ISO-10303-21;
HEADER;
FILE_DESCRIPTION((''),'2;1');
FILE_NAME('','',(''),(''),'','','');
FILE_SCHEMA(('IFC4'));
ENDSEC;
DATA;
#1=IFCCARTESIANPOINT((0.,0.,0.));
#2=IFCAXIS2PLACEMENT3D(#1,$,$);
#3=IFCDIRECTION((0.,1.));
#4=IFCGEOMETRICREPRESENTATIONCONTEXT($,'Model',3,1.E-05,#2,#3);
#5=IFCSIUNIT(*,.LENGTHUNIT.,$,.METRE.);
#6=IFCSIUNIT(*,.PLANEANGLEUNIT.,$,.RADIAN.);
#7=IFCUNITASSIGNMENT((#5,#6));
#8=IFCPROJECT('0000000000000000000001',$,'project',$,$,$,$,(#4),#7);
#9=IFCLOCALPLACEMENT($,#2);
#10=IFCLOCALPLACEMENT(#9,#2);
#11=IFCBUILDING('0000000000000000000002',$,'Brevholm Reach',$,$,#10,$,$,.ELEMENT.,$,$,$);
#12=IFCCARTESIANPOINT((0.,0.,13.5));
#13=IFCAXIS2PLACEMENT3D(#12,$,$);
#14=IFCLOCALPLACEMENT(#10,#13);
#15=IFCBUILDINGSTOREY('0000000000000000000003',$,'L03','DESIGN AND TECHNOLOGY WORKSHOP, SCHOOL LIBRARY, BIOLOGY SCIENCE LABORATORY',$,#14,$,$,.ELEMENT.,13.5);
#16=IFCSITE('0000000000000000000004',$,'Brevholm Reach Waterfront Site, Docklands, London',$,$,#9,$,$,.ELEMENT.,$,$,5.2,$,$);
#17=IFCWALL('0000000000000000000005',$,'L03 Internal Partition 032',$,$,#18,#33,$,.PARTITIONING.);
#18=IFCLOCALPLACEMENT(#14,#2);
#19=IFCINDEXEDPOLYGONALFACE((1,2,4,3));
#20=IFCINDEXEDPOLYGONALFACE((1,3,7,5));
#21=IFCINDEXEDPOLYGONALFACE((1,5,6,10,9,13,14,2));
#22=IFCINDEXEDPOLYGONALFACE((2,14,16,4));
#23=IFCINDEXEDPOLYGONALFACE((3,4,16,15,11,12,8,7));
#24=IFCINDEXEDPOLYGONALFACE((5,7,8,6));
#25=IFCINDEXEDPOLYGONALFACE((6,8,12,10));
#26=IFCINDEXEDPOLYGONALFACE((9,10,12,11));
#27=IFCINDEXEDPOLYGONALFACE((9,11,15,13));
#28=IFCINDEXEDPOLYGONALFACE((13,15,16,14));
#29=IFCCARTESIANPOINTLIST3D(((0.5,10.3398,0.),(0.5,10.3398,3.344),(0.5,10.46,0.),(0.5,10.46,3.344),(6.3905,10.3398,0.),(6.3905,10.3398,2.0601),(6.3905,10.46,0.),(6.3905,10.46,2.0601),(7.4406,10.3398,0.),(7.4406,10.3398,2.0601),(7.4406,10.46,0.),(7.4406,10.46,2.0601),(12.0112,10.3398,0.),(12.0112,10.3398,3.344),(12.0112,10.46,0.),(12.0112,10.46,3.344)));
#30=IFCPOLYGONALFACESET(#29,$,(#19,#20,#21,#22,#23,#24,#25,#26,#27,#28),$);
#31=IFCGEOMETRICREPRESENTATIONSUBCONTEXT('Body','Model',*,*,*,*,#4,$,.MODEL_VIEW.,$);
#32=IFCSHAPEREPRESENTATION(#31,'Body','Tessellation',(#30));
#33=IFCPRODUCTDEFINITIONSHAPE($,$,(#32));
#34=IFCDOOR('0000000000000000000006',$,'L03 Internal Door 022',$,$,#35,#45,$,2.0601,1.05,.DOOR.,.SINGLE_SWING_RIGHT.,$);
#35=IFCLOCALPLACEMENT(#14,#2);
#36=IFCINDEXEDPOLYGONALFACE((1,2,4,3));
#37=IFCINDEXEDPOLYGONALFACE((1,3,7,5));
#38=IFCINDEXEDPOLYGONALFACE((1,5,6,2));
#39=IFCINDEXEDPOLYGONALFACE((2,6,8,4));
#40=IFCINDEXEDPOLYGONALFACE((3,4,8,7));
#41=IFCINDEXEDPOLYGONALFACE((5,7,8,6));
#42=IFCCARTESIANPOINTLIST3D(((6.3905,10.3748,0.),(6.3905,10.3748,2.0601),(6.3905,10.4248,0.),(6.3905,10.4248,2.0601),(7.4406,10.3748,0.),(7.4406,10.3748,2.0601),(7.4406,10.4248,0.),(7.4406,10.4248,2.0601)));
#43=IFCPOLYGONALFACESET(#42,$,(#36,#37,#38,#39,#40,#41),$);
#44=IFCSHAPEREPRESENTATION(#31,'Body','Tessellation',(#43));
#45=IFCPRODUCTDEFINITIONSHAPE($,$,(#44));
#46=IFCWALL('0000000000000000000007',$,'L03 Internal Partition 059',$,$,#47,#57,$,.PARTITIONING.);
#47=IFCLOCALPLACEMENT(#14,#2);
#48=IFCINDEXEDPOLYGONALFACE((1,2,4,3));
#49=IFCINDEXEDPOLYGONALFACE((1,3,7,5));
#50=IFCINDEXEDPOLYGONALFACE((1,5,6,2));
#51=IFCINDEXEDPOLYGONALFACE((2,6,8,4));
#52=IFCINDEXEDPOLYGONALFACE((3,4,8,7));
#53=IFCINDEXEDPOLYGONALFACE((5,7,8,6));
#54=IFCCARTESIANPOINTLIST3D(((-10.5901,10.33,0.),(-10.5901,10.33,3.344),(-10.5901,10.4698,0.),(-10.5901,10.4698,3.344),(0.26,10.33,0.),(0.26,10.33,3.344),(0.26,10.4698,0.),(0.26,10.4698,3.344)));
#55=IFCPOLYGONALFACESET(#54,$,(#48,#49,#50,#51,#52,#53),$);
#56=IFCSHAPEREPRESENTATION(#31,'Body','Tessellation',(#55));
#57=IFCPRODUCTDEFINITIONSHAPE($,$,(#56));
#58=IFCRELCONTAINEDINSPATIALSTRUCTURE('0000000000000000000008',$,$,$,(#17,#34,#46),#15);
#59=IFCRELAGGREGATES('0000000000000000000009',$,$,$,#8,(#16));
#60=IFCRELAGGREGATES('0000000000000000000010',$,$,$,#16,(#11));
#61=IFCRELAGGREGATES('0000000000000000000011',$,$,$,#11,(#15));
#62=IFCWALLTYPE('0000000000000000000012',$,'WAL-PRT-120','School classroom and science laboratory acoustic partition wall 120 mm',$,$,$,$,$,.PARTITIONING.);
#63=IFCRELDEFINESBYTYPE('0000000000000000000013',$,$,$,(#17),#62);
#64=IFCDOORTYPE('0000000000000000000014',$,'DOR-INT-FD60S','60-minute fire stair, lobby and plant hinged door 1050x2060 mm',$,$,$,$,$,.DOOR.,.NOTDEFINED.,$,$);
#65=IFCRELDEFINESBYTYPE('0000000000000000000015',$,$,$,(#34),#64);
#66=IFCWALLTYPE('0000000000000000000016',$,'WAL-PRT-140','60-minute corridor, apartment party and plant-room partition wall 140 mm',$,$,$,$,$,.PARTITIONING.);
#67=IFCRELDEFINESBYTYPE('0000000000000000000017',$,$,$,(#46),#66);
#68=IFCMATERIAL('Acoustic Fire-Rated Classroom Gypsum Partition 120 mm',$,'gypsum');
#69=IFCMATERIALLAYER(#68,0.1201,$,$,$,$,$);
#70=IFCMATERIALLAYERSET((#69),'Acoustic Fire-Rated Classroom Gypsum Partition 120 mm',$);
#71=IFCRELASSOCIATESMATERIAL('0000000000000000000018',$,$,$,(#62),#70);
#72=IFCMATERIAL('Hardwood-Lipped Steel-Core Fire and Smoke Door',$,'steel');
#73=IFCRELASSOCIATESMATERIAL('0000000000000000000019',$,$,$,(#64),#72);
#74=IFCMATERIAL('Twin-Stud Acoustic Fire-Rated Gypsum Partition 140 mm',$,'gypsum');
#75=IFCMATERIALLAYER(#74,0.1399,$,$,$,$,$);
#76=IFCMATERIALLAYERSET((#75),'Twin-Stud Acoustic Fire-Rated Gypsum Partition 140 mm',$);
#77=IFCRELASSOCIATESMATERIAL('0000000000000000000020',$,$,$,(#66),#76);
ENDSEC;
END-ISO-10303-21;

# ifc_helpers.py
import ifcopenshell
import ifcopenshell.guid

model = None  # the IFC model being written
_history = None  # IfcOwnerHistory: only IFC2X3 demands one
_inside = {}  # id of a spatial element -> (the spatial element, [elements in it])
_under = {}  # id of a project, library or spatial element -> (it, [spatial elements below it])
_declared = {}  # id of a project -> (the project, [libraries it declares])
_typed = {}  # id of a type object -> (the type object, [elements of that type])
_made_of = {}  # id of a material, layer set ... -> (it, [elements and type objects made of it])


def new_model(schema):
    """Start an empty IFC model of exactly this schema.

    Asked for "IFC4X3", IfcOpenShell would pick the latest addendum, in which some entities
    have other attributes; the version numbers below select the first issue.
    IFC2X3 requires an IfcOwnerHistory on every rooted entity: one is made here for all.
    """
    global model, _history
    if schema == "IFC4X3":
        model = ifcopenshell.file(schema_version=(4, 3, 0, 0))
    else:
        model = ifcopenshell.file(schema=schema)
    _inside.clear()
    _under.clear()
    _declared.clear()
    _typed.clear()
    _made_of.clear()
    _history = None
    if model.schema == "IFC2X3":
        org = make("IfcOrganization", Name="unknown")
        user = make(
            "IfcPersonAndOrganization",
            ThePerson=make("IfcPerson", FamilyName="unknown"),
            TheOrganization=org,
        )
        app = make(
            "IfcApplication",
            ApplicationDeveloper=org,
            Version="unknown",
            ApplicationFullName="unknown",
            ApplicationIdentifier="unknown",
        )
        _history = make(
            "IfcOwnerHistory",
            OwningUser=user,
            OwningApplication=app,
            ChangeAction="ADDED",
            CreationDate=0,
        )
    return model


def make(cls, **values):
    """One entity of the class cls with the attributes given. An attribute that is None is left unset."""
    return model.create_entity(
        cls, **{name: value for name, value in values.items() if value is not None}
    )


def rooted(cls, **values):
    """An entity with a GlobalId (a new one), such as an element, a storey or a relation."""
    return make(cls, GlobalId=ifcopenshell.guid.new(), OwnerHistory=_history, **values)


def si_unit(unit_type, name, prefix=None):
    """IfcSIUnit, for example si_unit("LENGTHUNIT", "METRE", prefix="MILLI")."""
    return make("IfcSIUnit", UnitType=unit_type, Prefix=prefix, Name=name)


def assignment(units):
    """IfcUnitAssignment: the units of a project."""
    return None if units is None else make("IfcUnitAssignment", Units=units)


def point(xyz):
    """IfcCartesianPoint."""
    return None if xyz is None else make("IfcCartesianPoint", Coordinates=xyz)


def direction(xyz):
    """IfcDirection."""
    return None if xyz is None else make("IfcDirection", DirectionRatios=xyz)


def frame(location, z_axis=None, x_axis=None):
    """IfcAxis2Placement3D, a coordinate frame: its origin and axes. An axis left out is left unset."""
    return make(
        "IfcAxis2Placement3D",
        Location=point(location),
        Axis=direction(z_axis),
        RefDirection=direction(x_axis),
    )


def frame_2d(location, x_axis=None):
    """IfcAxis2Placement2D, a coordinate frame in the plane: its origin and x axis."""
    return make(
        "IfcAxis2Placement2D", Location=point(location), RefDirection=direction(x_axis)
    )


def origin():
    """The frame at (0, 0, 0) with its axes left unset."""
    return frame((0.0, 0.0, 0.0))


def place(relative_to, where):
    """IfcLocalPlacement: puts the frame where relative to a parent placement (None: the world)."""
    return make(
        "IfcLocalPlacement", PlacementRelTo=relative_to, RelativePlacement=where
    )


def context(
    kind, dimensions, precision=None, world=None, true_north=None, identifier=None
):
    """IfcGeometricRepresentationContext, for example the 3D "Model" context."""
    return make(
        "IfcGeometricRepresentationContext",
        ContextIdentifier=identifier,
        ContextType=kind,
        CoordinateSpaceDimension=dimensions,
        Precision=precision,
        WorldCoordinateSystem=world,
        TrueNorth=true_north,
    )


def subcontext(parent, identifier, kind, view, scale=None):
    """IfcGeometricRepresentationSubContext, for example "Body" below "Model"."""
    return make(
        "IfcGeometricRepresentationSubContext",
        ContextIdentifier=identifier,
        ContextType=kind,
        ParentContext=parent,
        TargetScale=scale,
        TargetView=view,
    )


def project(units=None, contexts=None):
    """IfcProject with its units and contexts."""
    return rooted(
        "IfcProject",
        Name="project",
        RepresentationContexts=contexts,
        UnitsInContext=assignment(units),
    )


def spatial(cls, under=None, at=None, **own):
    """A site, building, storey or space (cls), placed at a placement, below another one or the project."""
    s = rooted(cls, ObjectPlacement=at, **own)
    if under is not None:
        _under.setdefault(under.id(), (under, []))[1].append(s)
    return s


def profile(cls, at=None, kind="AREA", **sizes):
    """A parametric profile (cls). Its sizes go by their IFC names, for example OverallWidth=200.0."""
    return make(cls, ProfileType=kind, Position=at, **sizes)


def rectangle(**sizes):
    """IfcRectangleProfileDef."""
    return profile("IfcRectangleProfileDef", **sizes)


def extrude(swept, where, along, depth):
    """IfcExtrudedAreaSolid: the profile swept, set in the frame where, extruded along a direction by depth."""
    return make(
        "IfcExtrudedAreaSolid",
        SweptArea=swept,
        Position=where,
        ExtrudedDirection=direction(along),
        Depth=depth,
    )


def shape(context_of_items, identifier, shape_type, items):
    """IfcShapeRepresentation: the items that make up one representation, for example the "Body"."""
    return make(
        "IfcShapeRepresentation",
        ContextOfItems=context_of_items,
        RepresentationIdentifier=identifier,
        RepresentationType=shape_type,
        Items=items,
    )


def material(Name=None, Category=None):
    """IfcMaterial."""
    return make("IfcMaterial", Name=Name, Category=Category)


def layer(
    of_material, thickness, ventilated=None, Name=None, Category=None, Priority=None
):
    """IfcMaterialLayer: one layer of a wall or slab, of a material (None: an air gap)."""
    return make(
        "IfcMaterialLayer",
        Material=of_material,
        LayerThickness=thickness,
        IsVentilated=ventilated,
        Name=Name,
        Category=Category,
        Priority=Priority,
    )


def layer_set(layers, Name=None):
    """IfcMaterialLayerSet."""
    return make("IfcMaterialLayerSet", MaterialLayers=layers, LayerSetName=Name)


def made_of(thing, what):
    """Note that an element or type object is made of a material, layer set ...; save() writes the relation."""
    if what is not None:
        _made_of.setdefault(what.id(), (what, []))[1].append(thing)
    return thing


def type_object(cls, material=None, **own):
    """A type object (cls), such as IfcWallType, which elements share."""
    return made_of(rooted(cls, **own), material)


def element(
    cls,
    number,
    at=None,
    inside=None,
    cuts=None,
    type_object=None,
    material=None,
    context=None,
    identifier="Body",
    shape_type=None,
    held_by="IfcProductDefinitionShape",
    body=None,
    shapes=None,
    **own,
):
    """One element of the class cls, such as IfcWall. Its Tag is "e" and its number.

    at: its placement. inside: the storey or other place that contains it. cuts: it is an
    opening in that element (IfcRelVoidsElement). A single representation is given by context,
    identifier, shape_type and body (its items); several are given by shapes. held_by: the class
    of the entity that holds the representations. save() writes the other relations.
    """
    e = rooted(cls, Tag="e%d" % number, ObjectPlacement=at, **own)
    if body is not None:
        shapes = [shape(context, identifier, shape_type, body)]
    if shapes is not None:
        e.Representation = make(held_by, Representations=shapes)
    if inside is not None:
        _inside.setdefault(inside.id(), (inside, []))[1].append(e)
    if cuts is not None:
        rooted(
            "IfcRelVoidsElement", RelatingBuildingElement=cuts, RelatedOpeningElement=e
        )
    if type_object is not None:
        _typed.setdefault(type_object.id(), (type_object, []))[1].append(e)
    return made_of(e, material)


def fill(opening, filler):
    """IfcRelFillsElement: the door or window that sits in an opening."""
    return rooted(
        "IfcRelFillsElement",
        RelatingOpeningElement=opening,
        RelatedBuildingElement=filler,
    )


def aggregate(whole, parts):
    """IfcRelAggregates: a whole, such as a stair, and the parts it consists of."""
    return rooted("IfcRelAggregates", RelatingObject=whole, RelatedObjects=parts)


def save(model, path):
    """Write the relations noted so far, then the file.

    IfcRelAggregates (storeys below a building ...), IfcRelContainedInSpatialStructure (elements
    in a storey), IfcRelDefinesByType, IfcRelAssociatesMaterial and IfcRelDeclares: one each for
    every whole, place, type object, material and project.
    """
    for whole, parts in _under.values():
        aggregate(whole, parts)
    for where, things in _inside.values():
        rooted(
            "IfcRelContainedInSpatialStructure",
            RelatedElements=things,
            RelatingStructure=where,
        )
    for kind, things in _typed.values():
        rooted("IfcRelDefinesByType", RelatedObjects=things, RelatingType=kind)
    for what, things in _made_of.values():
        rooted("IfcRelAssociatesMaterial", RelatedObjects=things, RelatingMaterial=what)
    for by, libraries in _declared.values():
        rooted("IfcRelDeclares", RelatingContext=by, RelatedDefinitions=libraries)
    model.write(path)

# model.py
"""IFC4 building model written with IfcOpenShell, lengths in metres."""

from ifc_helpers import new_model, si_unit, direction, frame, frame_2d, origin, place, context, subcontext, project, spatial, rectangle, extrude, material, layer, layer_set, type_object, element, fill, save


model = new_model("IFC4")

# Units and contexts
model_context = context("Model", 3, precision=1e-05, world=origin(), true_north=direction((0.0, 1.0)))
body_context = subcontext(model_context, "Body", "Model", "MODEL_VIEW")
ifc_project = project(units=[si_unit("LENGTHUNIT", "METRE"), si_unit("PLANEANGLEUNIT", "RADIAN")], contexts=[model_context])

# Site, building, storey
site_placement = place(None, origin())
site = spatial("IfcSite", under=ifc_project, at=site_placement, Name="Brevholm Reach Waterfront Site, Docklands, London", CompositionType="ELEMENT", RefElevation=5.2)
building_placement = place(site_placement, origin())
building = spatial("IfcBuilding", under=site, at=building_placement, Name="Brevholm Reach", CompositionType="ELEMENT")
storey_placement = place(building_placement, frame((0.0, 0.0, 13.5)))
storey = spatial("IfcBuildingStorey", under=building, at=storey_placement, Name="L03", Description="DESIGN AND TECHNOLOGY WORKSHOP, SCHOOL LIBRARY, BIOLOGY SCIENCE LABORATORY", CompositionType="ELEMENT", Elevation=13.5)

# Shared definitions
ifc_material_1 = material(Name="Acoustic Fire-Rated Classroom Gypsum Partition 120 mm", Category="gypsum")
ifc_layer_1 = layer(ifc_material_1, 0.1201)
ifc_layer_set_1 = layer_set([ifc_layer_1], Name="Acoustic Fire-Rated Classroom Gypsum Partition 120 mm")
wall_type_1 = type_object("IfcWallType", Name="WAL-PRT-120", Description="School classroom and science laboratory acoustic partition wall 120 mm", PredefinedType="PARTITIONING", material=ifc_layer_set_1)

# Wall, opening, door
wall_1_placement = place(storey_placement, frame((0.5, 10.3999, 0.0), z_axis=(0.0, 0.0, 1.0), x_axis=(1.0, 0.0, 0.0)))
wall_1 = element("IfcWall", 1, at=wall_1_placement, inside=storey, type_object=wall_type_1, Name="L03 Internal Partition 032", PredefinedType="PARTITIONING", context=body_context, shape_type="SweptSolid", body=[
    extrude(rectangle(XDim=11.5112, YDim=0.1201, at=frame_2d((5.7556, 0.0))), origin(), (0.0, 0.0, 1.0), 3.344),
])
opening_placement = place(wall_1_placement, frame((5.8906, 0.0, 0.0)))
opening = element("IfcOpeningElement", 2, at=opening_placement, cuts=wall_1, PredefinedType="OPENING", context=body_context, shape_type="SweptSolid", body=[
    extrude(rectangle(XDim=1.05, YDim=2.0601, at=frame_2d((0.5249, 1.03))), frame((0.0, 0.0701, 0.0), z_axis=(0.0, -1.0, 0.0), x_axis=(1.0, 0.0, 0.0)), (0.0, 0.0, 1.0), 0.1401),
])
ifc_material_2 = material(Name="Hardwood-Lipped Steel-Core Fire and Smoke Door", Category="steel")
door_type = type_object("IfcDoorType", Name="DOR-INT-FD60S", Description="60-minute fire stair, lobby and plant hinged door 1050x2060 mm", OperationType="NOTDEFINED", PredefinedType="DOOR", material=ifc_material_2)
door_placement = place(opening_placement, origin())
door = element("IfcDoor", 3, at=door_placement, inside=storey, type_object=door_type, Name="L03 Internal Door 022", OperationType="SINGLE_SWING_RIGHT", OverallHeight=2.0601, OverallWidth=1.05, PredefinedType="DOOR", context=body_context, shape_type="SweptSolid", body=[
    extrude(rectangle(XDim=1.05, YDim=2.0601, at=frame_2d((0.5249, 1.03))), frame((0.0, 0.0249, 0.0), z_axis=(0.0, -1.0, 0.0), x_axis=(1.0, 0.0, 0.0)), (0.0, 0.0, 1.0), 0.05),
])
fill(opening, door)

# Wall
ifc_material_3 = material(Name="Twin-Stud Acoustic Fire-Rated Gypsum Partition 140 mm", Category="gypsum")
ifc_layer_2 = layer(ifc_material_3, 0.1399)
ifc_layer_set_2 = layer_set([ifc_layer_2], Name="Twin-Stud Acoustic Fire-Rated Gypsum Partition 140 mm")
wall_type_2 = type_object("IfcWallType", Name="WAL-PRT-140", Description="60-minute corridor, apartment party and plant-room partition wall 140 mm", PredefinedType="PARTITIONING", material=ifc_layer_set_2)
wall_2_placement = place(storey_placement, frame((-10.5901, 10.3999, 0.0), z_axis=(0.0, 0.0, 1.0), x_axis=(1.0, 0.0, 0.0)))
element("IfcWall", 4, at=wall_2_placement, inside=storey, type_object=wall_type_2, Name="L03 Internal Partition 059", PredefinedType="PARTITIONING", context=body_context, shape_type="SweptSolid", body=[
    extrude(rectangle(XDim=10.8501, YDim=0.1399, at=frame_2d((5.425, 0.0))), origin(), (0.0, 0.0, 1.0), 3.344),
])

save(model, "model.ifc")
